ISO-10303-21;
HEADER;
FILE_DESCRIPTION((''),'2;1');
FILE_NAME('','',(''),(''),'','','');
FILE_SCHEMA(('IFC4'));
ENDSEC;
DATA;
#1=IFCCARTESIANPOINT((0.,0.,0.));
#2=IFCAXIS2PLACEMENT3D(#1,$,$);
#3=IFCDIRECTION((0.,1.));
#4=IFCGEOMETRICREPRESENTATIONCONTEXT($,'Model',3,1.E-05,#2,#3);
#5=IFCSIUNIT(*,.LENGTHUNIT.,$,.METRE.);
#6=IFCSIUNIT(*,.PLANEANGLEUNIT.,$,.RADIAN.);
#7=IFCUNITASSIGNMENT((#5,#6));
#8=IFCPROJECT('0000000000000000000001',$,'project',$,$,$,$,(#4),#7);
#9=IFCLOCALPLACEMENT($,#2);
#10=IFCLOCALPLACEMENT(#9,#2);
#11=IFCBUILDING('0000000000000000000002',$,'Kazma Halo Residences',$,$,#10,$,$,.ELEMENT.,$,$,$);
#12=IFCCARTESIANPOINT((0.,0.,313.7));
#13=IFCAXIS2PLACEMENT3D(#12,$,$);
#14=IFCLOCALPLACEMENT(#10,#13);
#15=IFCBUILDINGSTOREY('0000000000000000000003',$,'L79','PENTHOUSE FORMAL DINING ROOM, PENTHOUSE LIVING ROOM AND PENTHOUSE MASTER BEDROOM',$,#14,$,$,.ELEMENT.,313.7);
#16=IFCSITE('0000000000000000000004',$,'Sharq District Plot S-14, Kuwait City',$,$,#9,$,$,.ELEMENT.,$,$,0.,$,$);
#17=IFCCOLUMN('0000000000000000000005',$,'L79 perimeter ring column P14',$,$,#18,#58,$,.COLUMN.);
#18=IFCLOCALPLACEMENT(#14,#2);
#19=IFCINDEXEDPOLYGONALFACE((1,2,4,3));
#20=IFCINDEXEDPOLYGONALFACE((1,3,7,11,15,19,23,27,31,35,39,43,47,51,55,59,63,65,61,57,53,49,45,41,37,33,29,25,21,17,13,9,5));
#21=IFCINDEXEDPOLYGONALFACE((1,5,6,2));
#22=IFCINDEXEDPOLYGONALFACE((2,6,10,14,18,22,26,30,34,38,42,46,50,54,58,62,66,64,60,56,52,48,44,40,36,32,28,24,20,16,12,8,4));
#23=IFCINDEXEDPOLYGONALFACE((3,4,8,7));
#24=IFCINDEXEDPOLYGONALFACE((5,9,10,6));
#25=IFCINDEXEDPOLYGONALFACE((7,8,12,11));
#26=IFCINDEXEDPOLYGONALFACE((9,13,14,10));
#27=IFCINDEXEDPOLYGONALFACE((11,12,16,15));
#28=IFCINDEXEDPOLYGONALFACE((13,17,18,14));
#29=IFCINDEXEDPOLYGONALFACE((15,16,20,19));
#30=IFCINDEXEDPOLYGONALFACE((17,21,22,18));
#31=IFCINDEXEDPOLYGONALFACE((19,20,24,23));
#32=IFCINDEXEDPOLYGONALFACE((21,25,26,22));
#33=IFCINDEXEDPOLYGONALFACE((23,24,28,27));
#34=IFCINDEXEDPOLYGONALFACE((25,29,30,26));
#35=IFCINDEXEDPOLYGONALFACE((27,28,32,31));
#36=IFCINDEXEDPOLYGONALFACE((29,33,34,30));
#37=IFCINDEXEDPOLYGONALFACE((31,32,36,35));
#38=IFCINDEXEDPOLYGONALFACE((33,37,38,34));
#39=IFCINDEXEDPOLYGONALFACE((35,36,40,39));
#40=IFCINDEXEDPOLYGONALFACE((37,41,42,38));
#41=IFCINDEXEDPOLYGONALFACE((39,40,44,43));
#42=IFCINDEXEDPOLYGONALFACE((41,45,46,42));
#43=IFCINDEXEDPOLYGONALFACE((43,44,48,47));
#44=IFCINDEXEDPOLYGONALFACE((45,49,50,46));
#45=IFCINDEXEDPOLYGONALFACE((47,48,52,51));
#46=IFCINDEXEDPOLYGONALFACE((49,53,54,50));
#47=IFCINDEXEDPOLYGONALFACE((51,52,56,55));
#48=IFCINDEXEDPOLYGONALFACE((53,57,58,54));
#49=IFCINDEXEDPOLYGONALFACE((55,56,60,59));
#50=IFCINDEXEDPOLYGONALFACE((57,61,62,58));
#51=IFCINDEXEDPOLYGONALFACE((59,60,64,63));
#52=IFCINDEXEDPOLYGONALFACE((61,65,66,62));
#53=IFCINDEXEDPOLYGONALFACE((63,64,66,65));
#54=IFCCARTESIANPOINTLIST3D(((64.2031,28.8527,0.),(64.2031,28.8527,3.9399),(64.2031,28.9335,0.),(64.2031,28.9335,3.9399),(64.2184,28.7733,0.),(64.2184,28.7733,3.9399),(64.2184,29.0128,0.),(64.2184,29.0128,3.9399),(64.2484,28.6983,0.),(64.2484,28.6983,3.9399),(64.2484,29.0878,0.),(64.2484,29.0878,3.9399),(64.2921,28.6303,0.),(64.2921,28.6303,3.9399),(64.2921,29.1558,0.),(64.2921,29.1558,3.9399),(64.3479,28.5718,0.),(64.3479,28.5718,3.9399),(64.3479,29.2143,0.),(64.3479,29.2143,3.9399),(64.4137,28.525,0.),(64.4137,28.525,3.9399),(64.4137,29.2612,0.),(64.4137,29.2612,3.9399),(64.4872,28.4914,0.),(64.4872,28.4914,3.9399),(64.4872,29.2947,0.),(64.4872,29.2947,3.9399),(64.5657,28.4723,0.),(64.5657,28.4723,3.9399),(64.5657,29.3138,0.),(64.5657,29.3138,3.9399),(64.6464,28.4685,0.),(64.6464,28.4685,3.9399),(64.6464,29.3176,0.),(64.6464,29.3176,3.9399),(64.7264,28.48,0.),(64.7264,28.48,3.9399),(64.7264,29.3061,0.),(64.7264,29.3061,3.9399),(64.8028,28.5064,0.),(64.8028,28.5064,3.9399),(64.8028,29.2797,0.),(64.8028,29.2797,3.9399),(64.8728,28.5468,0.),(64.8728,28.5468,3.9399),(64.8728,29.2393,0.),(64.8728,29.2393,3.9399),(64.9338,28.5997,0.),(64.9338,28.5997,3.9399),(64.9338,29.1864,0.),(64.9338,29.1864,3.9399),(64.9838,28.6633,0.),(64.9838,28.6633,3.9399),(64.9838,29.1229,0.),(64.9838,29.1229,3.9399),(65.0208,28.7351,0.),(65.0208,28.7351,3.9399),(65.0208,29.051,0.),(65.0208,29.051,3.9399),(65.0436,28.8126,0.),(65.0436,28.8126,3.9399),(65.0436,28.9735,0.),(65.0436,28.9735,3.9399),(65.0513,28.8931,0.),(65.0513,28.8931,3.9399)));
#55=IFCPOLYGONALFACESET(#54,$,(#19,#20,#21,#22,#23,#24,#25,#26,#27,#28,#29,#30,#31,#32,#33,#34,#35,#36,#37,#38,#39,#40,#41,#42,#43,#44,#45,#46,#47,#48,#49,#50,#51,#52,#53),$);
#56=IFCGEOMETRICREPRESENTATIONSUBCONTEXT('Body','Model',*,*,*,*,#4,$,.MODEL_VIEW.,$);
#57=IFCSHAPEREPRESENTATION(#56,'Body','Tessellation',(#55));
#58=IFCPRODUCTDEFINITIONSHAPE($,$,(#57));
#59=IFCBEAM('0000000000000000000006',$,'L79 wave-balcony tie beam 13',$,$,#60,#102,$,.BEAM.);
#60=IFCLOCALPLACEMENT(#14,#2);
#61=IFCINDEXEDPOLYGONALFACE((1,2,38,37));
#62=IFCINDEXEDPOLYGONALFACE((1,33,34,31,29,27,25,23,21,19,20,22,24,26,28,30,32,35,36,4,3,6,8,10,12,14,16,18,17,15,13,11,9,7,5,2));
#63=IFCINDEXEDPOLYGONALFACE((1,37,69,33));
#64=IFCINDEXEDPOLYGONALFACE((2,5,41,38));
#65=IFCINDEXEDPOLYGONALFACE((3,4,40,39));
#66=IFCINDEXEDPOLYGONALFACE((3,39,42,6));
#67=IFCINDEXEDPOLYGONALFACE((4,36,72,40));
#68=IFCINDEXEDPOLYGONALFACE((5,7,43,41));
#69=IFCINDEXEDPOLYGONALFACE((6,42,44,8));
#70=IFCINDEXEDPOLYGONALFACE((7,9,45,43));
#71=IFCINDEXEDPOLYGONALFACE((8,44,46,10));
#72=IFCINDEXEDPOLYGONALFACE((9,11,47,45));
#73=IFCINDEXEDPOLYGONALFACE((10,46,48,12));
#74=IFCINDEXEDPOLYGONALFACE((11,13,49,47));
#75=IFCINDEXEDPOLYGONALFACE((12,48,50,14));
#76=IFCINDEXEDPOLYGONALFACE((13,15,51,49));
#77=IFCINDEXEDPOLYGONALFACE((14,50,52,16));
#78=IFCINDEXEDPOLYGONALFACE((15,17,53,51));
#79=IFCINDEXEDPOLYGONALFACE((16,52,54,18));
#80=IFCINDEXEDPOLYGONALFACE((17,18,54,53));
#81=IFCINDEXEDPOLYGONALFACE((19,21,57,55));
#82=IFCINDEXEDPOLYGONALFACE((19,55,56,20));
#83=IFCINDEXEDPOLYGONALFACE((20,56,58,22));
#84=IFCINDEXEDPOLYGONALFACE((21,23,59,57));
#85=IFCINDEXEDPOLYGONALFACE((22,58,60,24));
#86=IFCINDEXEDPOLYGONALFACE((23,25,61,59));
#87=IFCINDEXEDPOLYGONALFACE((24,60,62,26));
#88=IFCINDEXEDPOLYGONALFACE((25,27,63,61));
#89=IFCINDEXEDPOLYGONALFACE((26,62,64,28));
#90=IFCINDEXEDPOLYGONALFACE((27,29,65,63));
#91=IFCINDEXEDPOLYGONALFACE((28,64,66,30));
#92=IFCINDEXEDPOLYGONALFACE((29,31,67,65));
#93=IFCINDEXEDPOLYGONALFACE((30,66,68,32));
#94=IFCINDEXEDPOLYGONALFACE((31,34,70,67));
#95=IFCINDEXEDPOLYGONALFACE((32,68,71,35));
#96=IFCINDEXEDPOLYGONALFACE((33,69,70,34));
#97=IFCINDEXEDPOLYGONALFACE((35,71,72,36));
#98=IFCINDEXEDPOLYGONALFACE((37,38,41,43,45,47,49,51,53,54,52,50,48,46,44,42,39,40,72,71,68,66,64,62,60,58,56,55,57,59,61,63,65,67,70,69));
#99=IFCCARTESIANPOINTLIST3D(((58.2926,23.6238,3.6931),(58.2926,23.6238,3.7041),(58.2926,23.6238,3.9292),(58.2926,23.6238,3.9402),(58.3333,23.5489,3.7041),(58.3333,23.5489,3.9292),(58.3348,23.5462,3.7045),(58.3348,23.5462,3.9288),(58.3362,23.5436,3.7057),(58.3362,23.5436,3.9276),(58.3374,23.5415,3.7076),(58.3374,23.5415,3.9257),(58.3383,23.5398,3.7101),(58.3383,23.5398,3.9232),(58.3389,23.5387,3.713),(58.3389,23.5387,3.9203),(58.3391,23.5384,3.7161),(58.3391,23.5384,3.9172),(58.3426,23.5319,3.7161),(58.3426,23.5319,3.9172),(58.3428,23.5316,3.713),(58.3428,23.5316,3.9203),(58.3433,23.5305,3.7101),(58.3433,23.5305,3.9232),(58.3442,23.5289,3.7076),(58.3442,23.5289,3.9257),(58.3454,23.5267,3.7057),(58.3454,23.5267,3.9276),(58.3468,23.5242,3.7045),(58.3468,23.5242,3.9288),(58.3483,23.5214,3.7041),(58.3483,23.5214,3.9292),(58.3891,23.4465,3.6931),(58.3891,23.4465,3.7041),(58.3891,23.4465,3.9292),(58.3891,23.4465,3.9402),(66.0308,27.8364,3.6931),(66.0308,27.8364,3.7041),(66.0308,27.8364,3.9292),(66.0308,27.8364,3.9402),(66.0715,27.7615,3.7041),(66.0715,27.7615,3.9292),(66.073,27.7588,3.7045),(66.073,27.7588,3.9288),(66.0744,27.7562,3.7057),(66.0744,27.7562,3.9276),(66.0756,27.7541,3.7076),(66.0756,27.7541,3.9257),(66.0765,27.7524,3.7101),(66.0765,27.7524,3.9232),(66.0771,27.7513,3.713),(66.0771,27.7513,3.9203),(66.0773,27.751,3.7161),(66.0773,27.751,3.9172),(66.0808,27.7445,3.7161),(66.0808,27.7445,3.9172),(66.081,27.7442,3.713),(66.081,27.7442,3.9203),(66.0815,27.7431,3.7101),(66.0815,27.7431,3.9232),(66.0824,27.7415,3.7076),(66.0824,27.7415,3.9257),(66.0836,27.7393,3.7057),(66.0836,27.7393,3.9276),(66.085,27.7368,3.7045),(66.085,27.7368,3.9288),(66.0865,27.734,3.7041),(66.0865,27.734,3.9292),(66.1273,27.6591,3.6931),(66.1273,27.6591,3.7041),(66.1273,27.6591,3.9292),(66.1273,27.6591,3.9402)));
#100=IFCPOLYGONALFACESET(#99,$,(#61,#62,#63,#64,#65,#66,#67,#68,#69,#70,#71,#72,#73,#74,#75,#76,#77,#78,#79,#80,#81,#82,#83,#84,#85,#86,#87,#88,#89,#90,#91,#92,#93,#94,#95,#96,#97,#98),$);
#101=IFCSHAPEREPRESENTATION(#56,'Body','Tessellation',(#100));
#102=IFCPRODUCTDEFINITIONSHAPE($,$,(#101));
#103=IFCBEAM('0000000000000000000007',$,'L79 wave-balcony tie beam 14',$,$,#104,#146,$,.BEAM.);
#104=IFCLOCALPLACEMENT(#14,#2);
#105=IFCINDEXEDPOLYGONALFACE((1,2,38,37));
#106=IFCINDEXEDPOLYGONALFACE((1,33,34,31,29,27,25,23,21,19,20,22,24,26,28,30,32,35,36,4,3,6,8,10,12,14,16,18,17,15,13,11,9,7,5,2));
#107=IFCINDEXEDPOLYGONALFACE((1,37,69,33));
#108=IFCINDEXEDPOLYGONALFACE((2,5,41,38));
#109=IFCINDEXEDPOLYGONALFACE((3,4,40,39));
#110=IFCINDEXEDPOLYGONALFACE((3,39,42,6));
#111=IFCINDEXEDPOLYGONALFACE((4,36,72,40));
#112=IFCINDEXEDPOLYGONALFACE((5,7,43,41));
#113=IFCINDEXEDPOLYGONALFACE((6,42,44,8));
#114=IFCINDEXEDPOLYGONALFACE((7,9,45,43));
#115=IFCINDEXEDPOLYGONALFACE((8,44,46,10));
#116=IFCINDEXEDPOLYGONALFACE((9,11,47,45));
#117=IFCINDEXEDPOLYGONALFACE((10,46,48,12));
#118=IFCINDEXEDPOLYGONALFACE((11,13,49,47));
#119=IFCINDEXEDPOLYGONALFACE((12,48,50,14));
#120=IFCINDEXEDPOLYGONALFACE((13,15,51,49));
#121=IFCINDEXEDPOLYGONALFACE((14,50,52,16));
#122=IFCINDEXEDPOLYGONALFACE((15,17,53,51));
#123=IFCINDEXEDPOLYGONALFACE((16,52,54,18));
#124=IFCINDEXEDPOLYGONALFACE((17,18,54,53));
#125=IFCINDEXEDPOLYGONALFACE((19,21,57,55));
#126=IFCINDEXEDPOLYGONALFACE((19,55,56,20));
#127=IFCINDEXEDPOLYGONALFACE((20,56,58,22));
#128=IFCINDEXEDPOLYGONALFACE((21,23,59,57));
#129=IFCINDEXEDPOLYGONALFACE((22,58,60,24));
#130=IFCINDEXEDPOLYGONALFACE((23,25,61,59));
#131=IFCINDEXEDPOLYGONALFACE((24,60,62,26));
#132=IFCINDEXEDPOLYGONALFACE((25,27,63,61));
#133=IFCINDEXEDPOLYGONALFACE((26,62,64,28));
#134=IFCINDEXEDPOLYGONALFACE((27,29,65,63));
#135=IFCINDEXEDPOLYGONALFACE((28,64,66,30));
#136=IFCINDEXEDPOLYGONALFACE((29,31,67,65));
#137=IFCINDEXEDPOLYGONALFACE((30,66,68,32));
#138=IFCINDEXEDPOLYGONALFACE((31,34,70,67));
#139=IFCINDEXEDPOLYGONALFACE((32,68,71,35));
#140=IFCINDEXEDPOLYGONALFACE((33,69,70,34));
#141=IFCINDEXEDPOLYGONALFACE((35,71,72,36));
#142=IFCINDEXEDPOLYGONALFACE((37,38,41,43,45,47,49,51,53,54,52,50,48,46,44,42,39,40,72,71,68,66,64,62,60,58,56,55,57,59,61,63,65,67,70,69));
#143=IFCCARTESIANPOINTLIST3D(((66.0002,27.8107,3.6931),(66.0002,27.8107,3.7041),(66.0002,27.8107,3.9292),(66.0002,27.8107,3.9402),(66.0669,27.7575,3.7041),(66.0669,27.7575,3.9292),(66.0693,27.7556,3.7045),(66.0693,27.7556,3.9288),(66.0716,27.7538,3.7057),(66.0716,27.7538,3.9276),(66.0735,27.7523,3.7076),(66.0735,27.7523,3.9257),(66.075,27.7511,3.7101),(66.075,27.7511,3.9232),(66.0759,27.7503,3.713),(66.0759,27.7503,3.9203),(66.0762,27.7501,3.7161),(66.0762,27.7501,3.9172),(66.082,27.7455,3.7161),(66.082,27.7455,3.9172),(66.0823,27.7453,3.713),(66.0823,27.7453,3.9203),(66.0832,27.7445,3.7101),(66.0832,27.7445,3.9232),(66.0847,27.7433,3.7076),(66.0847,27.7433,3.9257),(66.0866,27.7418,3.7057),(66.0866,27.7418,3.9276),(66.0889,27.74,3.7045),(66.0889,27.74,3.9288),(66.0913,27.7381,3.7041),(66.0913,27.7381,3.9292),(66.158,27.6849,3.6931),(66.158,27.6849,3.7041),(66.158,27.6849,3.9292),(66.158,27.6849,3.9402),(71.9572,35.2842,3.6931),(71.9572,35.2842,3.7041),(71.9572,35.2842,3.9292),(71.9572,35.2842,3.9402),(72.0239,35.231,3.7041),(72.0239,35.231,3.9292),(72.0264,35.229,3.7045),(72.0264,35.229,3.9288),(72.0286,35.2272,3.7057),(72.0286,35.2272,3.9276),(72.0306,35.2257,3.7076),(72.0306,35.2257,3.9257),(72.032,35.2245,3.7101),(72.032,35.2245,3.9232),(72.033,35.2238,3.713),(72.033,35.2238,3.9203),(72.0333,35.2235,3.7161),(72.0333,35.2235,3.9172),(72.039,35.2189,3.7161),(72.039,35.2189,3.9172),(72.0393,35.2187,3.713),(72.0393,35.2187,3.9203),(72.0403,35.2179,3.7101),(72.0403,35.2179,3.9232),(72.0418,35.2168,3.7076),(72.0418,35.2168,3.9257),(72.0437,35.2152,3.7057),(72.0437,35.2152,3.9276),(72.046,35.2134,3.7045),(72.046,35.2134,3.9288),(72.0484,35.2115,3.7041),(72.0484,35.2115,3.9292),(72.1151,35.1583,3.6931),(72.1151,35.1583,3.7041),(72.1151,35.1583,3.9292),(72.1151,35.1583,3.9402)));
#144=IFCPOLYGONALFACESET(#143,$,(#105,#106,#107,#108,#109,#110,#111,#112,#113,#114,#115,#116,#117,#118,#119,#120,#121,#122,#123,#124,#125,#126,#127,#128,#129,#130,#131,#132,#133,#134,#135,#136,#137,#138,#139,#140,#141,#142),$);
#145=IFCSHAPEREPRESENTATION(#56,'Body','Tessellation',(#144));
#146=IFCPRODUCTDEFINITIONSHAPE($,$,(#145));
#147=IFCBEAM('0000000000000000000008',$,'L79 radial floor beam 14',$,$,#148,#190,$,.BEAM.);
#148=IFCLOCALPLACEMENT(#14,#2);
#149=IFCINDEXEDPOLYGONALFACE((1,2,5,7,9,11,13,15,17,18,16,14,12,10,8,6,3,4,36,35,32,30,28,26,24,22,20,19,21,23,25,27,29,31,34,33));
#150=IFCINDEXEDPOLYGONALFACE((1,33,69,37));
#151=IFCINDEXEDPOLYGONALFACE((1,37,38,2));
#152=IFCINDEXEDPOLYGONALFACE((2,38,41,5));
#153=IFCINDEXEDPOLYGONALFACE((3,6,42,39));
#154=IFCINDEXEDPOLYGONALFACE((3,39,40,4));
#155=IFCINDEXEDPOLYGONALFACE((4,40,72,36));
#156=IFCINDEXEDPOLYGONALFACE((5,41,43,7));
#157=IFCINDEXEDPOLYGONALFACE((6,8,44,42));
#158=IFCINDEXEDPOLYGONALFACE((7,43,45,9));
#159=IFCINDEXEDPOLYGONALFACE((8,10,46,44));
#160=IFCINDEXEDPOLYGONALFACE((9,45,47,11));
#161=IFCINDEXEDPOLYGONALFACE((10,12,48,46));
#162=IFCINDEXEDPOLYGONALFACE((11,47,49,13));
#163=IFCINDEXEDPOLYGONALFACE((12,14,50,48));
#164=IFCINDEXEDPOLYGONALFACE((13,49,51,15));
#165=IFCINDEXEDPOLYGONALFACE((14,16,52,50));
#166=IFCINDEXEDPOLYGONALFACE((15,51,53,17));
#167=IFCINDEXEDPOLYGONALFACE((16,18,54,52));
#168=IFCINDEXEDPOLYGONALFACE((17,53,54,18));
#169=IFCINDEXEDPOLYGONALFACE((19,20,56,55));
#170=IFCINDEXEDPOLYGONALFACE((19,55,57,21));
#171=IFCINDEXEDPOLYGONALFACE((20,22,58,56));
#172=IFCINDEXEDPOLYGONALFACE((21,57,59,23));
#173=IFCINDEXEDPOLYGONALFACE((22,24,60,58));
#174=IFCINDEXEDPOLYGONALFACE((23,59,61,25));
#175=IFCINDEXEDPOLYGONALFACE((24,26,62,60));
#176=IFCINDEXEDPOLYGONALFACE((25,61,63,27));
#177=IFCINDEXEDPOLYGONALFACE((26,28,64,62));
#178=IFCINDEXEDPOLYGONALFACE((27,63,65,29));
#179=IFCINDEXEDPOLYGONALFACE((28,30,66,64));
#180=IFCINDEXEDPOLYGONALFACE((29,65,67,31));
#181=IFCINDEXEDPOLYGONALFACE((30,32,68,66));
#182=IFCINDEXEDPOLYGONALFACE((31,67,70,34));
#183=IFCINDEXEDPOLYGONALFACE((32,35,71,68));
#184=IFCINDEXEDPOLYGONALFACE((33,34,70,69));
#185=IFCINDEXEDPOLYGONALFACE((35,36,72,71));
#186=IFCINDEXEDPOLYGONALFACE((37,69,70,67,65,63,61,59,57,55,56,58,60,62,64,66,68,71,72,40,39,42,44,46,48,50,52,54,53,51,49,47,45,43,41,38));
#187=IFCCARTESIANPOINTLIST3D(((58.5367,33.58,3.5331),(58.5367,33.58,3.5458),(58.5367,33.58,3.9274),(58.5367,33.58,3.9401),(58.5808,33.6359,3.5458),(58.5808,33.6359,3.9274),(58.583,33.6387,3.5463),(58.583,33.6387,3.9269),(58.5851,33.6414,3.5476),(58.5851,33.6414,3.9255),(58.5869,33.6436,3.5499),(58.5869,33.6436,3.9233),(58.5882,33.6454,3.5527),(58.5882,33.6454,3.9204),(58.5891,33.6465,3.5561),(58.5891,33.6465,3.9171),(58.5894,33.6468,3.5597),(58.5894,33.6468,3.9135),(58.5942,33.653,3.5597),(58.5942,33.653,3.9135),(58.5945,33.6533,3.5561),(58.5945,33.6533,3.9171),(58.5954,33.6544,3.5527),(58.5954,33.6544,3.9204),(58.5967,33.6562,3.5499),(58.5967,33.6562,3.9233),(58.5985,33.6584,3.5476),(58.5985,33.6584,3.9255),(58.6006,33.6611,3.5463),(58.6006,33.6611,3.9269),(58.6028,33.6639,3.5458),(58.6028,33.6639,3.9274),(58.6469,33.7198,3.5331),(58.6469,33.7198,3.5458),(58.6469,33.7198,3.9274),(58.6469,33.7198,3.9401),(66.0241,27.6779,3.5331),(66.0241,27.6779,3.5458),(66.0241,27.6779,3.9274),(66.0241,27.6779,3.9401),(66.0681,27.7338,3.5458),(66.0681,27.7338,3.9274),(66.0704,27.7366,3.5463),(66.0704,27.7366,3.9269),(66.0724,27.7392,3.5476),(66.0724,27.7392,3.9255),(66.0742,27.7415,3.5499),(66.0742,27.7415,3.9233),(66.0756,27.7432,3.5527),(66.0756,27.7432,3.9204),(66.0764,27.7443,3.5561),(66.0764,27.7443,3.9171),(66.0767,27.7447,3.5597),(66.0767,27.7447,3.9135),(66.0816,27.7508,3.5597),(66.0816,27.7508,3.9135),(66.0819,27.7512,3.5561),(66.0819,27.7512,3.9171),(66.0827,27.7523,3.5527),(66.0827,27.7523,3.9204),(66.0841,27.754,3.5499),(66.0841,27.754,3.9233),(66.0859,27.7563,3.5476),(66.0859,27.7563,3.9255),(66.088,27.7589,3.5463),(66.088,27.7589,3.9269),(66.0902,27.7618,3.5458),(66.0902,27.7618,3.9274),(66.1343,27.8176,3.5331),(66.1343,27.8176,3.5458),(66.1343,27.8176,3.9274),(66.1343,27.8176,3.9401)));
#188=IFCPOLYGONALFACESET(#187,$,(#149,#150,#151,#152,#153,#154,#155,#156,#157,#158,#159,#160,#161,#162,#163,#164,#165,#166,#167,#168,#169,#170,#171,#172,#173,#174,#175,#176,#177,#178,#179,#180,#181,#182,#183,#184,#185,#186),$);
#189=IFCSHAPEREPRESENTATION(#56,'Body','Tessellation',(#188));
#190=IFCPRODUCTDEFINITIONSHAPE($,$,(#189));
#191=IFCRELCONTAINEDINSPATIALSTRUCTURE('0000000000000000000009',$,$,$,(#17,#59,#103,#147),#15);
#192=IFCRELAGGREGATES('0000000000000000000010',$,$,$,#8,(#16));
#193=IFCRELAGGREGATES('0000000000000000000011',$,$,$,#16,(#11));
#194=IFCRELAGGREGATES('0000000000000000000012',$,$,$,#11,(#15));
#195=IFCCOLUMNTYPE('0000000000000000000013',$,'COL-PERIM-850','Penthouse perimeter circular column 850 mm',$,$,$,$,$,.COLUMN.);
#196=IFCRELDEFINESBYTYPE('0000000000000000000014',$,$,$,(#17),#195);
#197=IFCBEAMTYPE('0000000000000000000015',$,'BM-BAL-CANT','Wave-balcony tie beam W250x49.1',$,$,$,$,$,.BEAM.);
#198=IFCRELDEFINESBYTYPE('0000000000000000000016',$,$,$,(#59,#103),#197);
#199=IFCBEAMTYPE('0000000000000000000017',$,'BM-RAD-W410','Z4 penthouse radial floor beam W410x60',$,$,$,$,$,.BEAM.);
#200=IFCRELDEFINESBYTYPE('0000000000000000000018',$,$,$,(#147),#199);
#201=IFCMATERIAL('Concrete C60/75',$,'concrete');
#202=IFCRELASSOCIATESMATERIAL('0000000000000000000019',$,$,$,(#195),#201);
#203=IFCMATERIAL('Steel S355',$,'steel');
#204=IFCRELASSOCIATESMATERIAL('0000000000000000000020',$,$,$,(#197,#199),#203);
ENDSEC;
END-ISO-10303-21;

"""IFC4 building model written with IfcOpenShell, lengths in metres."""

from ifc_helpers import new_model, si_unit, direction, frame, origin, origin_2d, place, context, subcontext, project, spatial, circle, i_section, extrude, material, material_profile, profile_set, type_object, element, save


model = new_model("IFC4")

# Units and contexts
model_context = context("Model", 3, precision=1e-05, world=origin(), true_north=direction((0.0, 1.0)))
body_context = subcontext(model_context, "Body", "Model", "MODEL_VIEW")
ifc_project = project(units=[si_unit("LENGTHUNIT", "METRE"), si_unit("PLANEANGLEUNIT", "RADIAN")], contexts=[model_context])

# Site, building, storey
site_placement = place(None, origin())
site = spatial("IfcSite", under=ifc_project, at=site_placement, Name="Sharq District Plot S-14, Kuwait City", CompositionType="ELEMENT", RefElevation=0.0)
building_placement = place(site_placement, origin())
building = spatial("IfcBuilding", under=site, at=building_placement, Name="Kazma Halo Residences", CompositionType="ELEMENT")
storey_placement = place(building_placement, frame((0.0, 0.0, 313.7)))
storey = spatial("IfcBuildingStorey", under=building, at=storey_placement, Name="L79", Description="PENTHOUSE FORMAL DINING ROOM, PENTHOUSE LIVING ROOM AND PENTHOUSE MASTER BEDROOM", CompositionType="ELEMENT", Elevation=313.7)

# Column
ifc_material_1 = material(Name="Concrete C60/75", Category="concrete")
ifc_material_profile_1 = material_profile(ifc_material_1, circle(Radius=0.425, at=origin_2d()), Name="CIRC850")
ifc_profile_set_1 = profile_set([ifc_material_profile_1], Name="Concrete C60/75")
column_type = type_object("IfcColumnType", Name="COL-PERIM-850", Description="Penthouse perimeter circular column 850 mm", PredefinedType="COLUMN", material=ifc_profile_set_1)
column_placement = place(storey_placement, frame((64.6262, 28.8931, 0.0), z_axis=(0.0, 0.0, 1.0), x_axis=(1.0, 0.0, 0.0)))
element("IfcColumn", 1, at=column_placement, inside=storey, type_object=column_type, Name="L79 perimeter ring column P14", PredefinedType="COLUMN", context=body_context, shape_type="SweptSolid", body=[
    extrude(circle(Radius=0.425, at=origin_2d()), origin(), (0.0, 0.0, 1.0), 3.9399),
])

# Beams
ifc_material_2 = material(Name="Steel S355", Category="steel")
ifc_material_profile_2 = material_profile(ifc_material_2, i_section(OverallWidth=0.2019, OverallDepth=0.2471, WebThickness=0.0073, FlangeThickness=0.011, FilletRadius=0.012, at=origin_2d()), Name="W250x49.1")
ifc_profile_set_2 = profile_set([ifc_material_profile_2], Name="Steel S355")
beam_type_1 = type_object("IfcBeamType", Name="BM-BAL-CANT", Description="Wave-balcony tie beam W250x49.1", PredefinedType="BEAM", material=ifc_profile_set_2)
beam_1_placement = place(storey_placement, frame((58.3408, 23.5352, 3.8167), z_axis=(0.878288, 0.478132, 0.0), x_axis=(-0.478132, 0.878288, 0.0)))
element("IfcBeam", 2, at=beam_1_placement, inside=storey, type_object=beam_type_1, Name="L79 wave-balcony tie beam 13", PredefinedType="BEAM", context=body_context, shape_type="SweptSolid", body=[
    extrude(i_section(OverallWidth=0.2019, OverallDepth=0.2471, WebThickness=0.0073, FlangeThickness=0.011, FilletRadius=0.012, at=origin_2d()), origin(), (0.0, 0.0, 1.0), 8.8105),
])
beam_2_placement = place(storey_placement, frame((66.0791, 27.7478, 3.8167), z_axis=(0.623311, 0.781974, 0.0), x_axis=(-0.781974, 0.623311, 0.0)))
element("IfcBeam", 3, at=beam_2_placement, inside=storey, type_object=beam_type_1, Name="L79 wave-balcony tie beam 14", PredefinedType="BEAM", context=body_context, shape_type="SweptSolid", body=[
    extrude(i_section(OverallWidth=0.2019, OverallDepth=0.2471, WebThickness=0.0073, FlangeThickness=0.011, FilletRadius=0.012, at=origin_2d()), origin(), (0.0, 0.0, 1.0), 9.5571),
])
ifc_material_profile_3 = material_profile(ifc_material_2, i_section(OverallWidth=0.178, OverallDepth=0.407, WebThickness=0.0078, FlangeThickness=0.0127, FilletRadius=0.0139, at=origin_2d()), Name="W410x60")
ifc_profile_set_3 = profile_set([ifc_material_profile_3], Name="Steel S355")
beam_type_2 = type_object("IfcBeamType", Name="BM-RAD-W410", Description="Z4 penthouse radial floor beam W410x60", PredefinedType="BEAM", material=ifc_profile_set_3)
beam_3_placement = place(storey_placement, frame((58.5918, 33.6499, 3.7366), z_axis=(0.785338, -0.619067, 0.0), x_axis=(0.619067, 0.785338, 0.0)))
element("IfcBeam", 4, at=beam_3_placement, inside=storey, type_object=beam_type_2, Name="L79 radial floor beam 14", PredefinedType="BEAM", context=body_context, shape_type="SweptSolid", body=[
    extrude(i_section(OverallWidth=0.178, OverallDepth=0.407, WebThickness=0.0078, FlangeThickness=0.0127, FilletRadius=0.0139, at=origin_2d()), origin(), (0.0, 0.0, 1.0), 9.5339),
])

save(model, "model.ifc")
